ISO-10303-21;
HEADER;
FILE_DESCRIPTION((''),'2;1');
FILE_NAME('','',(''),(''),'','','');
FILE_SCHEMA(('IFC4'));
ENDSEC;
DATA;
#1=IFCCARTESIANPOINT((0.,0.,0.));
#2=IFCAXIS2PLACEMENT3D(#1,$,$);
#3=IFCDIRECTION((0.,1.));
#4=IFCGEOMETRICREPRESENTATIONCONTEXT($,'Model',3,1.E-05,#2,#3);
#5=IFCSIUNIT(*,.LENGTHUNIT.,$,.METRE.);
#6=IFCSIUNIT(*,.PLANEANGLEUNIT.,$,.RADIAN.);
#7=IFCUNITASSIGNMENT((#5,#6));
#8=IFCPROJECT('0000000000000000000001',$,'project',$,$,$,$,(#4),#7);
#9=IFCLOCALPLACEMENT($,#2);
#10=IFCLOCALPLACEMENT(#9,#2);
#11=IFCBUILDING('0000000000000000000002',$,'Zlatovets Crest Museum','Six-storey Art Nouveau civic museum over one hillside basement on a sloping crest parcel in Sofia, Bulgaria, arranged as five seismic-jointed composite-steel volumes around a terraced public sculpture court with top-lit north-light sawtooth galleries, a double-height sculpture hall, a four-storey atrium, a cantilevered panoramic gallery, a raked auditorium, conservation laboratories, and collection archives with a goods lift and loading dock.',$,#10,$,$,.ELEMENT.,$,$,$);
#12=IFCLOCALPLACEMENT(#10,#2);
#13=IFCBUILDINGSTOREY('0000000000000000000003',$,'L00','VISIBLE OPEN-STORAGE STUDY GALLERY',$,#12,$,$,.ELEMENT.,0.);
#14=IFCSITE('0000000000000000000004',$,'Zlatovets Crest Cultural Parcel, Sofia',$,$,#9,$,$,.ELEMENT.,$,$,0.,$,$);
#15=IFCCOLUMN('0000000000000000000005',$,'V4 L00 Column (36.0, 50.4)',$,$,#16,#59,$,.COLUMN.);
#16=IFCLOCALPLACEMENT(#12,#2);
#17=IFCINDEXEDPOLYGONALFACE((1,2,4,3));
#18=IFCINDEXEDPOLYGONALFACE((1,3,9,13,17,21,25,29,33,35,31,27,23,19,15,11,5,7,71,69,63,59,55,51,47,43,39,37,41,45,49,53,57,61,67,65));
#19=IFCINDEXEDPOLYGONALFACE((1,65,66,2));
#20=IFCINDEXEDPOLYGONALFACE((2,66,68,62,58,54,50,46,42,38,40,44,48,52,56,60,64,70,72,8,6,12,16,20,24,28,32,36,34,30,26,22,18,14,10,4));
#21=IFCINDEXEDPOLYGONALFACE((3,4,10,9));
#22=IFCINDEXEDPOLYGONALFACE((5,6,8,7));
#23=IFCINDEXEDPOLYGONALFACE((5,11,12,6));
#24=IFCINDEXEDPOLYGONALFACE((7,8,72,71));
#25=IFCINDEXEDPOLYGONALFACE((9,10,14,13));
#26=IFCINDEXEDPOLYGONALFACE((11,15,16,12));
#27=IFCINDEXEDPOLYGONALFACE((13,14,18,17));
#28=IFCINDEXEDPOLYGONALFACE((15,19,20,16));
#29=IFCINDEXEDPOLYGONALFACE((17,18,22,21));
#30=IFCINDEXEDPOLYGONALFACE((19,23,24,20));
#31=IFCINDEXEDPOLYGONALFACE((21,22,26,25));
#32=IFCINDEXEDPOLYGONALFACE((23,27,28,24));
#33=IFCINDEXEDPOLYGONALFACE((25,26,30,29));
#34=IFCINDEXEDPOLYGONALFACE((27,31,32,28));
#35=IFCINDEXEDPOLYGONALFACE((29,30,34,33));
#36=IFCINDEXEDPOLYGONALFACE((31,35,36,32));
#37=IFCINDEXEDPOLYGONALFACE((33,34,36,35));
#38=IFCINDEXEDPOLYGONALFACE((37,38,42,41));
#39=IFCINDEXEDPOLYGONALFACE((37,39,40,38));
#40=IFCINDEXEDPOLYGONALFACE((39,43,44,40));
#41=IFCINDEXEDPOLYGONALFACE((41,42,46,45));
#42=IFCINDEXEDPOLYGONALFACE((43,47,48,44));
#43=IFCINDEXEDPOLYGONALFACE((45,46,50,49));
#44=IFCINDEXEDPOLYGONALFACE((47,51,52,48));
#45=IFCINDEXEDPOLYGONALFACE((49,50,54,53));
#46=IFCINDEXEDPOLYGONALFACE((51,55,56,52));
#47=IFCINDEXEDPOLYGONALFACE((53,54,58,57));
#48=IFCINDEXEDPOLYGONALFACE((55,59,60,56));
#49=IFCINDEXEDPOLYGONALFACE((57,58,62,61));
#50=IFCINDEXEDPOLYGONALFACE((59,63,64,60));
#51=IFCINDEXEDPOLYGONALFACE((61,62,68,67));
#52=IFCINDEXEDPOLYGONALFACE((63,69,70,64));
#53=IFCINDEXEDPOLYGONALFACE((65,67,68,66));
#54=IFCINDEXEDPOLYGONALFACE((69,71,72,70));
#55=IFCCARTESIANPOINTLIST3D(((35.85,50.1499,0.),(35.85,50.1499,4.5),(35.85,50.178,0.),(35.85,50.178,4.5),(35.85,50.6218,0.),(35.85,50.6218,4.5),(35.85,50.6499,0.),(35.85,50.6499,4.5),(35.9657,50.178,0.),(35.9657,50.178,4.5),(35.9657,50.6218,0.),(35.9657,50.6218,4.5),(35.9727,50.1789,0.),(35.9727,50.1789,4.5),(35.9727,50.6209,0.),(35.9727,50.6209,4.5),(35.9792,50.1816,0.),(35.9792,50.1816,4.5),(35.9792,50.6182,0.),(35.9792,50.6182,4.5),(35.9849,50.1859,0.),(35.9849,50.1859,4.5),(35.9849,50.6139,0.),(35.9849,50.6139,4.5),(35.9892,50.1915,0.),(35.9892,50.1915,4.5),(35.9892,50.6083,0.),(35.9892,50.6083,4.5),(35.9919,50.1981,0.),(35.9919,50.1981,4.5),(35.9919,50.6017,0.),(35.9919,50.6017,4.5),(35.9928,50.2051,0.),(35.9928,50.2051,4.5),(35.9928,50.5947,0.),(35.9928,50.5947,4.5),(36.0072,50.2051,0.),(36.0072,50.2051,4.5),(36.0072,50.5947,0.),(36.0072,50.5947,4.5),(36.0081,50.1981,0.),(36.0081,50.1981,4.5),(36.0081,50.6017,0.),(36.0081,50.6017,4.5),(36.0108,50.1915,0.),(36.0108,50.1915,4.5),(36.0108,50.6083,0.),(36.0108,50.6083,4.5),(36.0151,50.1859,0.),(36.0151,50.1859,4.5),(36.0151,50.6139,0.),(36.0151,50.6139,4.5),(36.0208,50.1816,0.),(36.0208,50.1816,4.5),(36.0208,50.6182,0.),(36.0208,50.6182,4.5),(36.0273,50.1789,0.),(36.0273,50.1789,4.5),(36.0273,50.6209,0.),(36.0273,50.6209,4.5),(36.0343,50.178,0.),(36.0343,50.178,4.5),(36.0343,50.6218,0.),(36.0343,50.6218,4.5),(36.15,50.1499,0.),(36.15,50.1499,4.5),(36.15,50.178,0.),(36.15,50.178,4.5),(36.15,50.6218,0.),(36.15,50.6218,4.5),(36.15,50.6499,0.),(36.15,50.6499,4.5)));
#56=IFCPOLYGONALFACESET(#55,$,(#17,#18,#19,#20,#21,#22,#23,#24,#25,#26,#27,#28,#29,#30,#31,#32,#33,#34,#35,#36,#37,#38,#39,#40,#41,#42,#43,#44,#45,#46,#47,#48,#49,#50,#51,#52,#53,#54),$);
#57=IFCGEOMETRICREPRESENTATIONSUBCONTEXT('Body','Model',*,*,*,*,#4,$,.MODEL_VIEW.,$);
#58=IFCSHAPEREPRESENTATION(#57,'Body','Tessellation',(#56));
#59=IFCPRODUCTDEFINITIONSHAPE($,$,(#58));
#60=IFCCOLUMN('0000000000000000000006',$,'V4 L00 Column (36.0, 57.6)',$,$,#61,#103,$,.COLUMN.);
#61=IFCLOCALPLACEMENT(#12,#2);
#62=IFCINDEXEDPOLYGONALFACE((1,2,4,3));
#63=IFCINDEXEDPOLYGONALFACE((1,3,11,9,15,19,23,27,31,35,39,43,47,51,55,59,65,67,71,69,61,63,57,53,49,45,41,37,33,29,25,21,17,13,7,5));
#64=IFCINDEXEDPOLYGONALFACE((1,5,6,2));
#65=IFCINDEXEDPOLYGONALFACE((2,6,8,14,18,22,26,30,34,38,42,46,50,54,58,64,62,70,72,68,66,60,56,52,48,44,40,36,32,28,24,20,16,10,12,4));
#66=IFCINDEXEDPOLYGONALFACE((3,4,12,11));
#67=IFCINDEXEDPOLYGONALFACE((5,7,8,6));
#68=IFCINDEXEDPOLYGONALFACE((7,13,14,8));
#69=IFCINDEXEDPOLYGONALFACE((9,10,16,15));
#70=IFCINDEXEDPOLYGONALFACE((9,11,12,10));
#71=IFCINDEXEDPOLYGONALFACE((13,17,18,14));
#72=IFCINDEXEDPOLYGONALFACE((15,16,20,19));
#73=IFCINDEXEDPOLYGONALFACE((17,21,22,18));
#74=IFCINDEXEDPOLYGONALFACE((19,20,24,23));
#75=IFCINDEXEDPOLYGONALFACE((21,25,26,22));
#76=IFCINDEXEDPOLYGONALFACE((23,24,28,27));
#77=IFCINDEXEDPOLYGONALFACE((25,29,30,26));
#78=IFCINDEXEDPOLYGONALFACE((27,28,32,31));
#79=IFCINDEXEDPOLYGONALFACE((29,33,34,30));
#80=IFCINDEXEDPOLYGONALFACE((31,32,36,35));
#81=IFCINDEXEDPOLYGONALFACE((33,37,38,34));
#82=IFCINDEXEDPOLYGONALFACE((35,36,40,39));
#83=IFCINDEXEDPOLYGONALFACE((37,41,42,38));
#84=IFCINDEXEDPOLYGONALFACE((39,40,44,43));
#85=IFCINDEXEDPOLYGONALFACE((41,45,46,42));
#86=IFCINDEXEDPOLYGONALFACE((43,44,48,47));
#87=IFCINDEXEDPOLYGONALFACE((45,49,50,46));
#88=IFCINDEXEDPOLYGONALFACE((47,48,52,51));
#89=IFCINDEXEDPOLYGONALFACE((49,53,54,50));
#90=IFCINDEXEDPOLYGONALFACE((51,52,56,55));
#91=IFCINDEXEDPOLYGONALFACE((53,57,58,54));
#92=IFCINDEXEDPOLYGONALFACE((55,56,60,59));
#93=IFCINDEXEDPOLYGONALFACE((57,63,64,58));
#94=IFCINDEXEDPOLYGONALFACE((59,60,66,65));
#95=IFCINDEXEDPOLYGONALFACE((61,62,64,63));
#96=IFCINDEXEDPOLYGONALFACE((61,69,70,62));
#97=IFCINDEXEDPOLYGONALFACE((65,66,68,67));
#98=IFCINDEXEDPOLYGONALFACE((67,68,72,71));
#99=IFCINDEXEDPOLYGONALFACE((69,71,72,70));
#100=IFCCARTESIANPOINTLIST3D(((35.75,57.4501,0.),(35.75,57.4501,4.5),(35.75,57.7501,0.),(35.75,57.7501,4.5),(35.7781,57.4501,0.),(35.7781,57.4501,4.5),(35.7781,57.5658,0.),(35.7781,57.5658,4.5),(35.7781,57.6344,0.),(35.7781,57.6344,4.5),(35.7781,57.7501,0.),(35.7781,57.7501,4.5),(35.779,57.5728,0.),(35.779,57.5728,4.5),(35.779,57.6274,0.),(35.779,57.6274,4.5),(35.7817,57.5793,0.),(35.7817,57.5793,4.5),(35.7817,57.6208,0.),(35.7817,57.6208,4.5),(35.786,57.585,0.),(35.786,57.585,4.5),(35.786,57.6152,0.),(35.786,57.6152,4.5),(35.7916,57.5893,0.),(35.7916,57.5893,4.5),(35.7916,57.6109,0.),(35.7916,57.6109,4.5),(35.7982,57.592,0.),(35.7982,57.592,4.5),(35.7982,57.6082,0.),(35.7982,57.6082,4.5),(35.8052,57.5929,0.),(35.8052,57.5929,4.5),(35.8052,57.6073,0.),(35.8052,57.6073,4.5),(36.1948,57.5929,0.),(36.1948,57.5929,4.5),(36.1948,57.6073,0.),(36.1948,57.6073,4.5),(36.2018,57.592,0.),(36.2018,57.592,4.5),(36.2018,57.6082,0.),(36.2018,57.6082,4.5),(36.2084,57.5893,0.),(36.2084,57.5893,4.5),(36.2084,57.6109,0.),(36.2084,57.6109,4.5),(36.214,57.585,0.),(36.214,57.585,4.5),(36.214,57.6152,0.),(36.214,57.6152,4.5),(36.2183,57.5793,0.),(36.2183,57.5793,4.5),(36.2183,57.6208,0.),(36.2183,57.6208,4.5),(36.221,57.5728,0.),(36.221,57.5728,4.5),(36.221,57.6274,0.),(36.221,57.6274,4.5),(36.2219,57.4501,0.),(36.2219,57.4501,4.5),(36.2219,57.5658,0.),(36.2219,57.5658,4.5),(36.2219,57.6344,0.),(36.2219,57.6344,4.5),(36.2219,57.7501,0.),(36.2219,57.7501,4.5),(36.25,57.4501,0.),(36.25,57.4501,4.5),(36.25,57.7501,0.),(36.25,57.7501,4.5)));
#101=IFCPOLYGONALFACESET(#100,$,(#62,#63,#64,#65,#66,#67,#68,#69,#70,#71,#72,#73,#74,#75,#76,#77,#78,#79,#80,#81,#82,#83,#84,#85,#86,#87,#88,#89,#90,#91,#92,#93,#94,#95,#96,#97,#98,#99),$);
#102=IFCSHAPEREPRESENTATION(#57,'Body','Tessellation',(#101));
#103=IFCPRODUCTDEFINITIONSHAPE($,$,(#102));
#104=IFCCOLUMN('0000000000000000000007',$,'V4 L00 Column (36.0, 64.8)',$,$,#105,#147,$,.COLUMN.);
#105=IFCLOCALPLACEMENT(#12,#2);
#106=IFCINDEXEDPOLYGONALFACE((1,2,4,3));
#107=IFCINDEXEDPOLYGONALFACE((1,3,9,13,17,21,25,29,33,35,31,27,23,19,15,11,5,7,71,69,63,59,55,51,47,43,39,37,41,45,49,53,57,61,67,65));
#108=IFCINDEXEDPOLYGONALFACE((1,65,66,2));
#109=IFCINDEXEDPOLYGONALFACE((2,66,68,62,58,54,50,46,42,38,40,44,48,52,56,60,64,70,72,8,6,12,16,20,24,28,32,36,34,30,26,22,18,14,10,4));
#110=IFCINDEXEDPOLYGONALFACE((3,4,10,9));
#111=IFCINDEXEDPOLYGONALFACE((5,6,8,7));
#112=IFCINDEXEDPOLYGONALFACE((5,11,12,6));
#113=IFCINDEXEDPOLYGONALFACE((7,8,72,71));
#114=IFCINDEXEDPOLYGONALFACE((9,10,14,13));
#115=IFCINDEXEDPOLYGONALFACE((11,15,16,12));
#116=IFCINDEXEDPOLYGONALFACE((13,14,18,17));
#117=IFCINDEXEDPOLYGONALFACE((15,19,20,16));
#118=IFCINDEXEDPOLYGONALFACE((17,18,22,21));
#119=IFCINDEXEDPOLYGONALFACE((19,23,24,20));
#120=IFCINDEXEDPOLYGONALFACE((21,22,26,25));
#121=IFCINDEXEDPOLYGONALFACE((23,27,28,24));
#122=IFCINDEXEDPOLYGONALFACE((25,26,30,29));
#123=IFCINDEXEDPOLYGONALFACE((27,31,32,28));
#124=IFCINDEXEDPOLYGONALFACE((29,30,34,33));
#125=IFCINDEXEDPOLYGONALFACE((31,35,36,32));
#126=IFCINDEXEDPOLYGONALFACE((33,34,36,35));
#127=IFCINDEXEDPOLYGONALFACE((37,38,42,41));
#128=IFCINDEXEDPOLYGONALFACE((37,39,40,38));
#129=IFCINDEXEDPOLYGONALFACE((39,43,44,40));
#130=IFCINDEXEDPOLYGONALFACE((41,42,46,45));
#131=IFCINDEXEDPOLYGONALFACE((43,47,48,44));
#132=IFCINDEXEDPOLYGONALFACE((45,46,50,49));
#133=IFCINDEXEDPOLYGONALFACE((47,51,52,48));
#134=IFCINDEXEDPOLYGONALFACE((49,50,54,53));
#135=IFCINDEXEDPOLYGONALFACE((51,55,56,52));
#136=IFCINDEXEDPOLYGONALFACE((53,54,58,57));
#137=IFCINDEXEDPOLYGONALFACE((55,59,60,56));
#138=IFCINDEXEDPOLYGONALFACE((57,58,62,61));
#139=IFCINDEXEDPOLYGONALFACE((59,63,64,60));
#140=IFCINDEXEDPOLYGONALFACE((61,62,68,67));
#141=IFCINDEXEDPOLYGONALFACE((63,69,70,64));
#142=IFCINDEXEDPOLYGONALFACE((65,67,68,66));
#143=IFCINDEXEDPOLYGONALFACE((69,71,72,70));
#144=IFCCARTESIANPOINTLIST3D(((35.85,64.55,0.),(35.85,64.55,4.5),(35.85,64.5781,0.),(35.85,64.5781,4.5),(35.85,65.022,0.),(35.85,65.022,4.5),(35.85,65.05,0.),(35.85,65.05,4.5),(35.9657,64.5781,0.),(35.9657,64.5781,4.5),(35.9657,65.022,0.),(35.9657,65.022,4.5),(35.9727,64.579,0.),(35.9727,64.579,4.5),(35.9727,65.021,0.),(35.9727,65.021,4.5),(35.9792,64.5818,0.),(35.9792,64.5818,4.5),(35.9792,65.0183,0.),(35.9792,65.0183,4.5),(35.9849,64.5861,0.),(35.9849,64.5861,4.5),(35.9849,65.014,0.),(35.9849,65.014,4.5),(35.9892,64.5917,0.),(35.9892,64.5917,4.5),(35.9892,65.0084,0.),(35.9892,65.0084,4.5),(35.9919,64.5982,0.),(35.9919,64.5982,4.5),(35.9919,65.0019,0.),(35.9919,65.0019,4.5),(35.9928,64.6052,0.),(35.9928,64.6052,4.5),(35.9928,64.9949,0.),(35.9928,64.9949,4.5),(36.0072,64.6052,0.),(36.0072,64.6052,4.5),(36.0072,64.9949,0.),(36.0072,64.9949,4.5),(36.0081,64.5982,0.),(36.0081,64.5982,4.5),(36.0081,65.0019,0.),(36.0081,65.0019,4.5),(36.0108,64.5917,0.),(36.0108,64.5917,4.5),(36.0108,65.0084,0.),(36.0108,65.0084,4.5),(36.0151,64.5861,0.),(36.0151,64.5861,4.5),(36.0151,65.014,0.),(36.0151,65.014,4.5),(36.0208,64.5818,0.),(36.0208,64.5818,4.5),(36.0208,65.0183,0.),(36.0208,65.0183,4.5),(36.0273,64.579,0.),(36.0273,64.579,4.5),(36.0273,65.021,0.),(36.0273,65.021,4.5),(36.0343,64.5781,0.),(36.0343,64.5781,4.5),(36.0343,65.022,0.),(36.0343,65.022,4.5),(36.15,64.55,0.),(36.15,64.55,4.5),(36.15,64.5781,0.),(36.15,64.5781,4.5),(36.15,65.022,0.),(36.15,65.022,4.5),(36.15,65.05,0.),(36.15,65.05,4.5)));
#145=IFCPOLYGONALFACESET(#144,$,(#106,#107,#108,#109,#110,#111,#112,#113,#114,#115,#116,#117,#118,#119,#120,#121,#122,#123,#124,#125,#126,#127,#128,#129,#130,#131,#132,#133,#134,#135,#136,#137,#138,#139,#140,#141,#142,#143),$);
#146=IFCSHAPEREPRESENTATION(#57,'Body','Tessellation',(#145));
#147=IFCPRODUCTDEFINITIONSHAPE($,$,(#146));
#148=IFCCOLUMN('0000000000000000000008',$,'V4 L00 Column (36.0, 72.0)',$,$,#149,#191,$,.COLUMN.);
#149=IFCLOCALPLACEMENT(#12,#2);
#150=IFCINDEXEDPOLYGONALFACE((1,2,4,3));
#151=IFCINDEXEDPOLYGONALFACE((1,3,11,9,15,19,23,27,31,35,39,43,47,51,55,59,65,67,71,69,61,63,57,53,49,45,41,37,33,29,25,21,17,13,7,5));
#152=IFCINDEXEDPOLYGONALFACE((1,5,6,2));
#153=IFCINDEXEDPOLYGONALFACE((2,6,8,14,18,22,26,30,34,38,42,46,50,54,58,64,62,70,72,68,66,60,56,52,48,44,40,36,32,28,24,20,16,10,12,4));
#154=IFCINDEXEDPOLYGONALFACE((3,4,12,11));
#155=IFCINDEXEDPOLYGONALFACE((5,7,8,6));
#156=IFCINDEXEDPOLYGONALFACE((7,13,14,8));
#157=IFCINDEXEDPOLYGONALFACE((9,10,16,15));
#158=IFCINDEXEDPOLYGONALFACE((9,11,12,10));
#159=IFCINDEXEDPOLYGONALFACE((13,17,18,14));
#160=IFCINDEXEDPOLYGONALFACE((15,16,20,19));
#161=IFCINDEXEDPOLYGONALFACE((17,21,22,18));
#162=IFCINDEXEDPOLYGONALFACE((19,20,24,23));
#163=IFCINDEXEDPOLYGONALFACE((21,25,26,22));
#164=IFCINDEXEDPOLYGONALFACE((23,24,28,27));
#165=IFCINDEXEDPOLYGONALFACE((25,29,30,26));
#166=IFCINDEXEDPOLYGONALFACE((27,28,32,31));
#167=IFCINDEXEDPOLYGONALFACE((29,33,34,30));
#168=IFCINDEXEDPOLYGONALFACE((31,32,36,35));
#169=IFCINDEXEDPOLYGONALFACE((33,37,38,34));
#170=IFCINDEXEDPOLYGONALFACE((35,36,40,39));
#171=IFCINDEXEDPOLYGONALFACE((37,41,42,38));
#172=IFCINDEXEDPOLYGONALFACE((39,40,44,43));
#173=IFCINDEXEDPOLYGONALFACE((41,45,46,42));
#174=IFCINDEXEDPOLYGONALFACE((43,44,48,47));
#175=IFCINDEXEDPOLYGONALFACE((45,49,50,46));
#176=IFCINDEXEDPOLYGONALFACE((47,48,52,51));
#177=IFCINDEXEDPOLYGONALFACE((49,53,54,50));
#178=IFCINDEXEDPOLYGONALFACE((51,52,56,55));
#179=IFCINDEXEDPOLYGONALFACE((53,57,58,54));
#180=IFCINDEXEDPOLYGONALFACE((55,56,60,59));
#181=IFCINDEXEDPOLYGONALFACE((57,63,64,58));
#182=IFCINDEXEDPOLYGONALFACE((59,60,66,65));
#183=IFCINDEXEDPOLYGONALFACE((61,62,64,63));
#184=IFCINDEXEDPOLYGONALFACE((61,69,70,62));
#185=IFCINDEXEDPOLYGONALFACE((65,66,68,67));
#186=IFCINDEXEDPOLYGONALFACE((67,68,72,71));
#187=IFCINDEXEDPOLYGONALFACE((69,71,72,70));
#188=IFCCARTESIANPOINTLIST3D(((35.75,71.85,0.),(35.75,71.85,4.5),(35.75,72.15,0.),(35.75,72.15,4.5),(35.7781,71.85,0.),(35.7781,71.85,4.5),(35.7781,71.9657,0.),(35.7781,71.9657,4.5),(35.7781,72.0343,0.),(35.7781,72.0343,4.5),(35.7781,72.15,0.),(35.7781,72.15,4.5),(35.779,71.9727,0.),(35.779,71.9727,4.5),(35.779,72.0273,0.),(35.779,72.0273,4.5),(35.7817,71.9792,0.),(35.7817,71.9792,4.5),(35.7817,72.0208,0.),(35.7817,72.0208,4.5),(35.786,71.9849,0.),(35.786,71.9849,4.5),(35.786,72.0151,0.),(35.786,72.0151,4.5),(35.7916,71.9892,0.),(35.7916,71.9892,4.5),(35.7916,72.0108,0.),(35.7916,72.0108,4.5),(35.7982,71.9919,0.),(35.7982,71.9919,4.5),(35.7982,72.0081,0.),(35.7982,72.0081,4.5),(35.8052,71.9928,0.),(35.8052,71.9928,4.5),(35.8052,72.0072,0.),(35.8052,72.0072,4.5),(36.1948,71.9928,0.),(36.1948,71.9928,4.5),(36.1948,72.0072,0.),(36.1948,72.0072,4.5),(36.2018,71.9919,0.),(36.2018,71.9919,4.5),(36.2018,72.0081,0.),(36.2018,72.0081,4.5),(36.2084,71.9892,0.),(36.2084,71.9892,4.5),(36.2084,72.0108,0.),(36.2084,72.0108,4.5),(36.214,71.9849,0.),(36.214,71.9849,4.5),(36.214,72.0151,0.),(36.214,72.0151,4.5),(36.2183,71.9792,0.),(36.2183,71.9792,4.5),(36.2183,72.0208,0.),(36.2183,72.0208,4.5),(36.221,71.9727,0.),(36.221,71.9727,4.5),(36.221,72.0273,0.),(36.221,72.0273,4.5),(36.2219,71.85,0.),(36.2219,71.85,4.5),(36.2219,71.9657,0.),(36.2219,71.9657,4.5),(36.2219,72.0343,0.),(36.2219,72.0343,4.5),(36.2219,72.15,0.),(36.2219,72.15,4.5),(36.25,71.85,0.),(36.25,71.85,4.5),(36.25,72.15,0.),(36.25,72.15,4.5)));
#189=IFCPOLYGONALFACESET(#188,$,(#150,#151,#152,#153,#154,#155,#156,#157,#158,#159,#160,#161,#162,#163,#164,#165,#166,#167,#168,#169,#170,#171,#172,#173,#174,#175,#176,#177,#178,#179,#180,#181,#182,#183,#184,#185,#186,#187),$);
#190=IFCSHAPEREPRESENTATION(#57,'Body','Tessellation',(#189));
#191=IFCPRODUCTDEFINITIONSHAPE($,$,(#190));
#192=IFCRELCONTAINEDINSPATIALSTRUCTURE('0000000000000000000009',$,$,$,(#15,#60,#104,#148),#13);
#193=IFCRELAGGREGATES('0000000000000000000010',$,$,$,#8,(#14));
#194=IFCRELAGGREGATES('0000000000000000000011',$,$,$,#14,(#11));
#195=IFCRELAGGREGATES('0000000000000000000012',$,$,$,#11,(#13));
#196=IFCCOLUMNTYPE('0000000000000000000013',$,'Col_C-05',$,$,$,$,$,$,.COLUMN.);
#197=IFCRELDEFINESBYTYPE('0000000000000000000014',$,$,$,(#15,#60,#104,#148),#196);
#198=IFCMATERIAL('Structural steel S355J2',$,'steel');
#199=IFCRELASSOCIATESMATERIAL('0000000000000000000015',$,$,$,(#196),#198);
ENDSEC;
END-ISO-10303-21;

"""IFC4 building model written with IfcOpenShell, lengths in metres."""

from ifc_helpers import new_model, si_unit, direction, frame, origin, origin_2d, place, context, subcontext, project, spatial, i_section, extrude, material, material_profile, profile_set, type_object, element, save


model = new_model("IFC4")

# Units and contexts
model_context = context("Model", 3, precision=1e-05, world=origin(), true_north=direction((0.0, 1.0)))
body_context = subcontext(model_context, "Body", "Model", "MODEL_VIEW")
ifc_project = project(units=[si_unit("LENGTHUNIT", "METRE"), si_unit("PLANEANGLEUNIT", "RADIAN")], contexts=[model_context])

# Site, building, storey
site_placement = place(None, origin())
site = spatial("IfcSite", under=ifc_project, at=site_placement, Name="Zlatovets Crest Cultural Parcel, Sofia", CompositionType="ELEMENT", RefElevation=0.0)
building_placement = place(site_placement, origin())
building = spatial("IfcBuilding", under=site, at=building_placement, Name="Zlatovets Crest Museum", Description="Six-storey Art Nouveau civic museum over one hillside basement on a sloping crest parcel in Sofia, Bulgaria, arranged as five seismic-jointed composite-steel volumes around a terraced public sculpture court with top-lit north-light sawtooth galleries, a double-height sculpture hall, a four-storey atrium, a cantilevered panoramic gallery, a raked auditorium, conservation laboratories, and collection archives with a goods lift and loading dock.", CompositionType="ELEMENT")
storey_placement = place(building_placement, origin())
storey = spatial("IfcBuildingStorey", under=building, at=storey_placement, Name="L00", Description="VISIBLE OPEN-STORAGE STUDY GALLERY", CompositionType="ELEMENT", Elevation=0.0)

# Columns
ifc_material_1 = material(Name="Structural steel S355J2", Category="steel")
ifc_material_profile_1 = material_profile(ifc_material_1, i_section(OverallWidth=0.3, OverallDepth=0.5, WebThickness=0.0144, FlangeThickness=0.0281, FilletRadius=0.0271, at=origin_2d()), Name="HEB 500")
ifc_profile_set_1 = profile_set([ifc_material_profile_1], Name="Structural steel S355J2")
column_type = type_object("IfcColumnType", Name="Col_C-05", PredefinedType="COLUMN", material=ifc_profile_set_1)
for number, where, z_axis, x_axis, name in (
    (1, (36.0, 50.3999, 0.0), (0.0, 0.0, 1.0), (1.0, 0.0, 0.0), "V4 L00 Column (36.0, 50.4)"),
    (2, (36.0, 57.6001, 0.0), (0.0, 0.0, 1.0), (0.0, 1.0, 0.0), "V4 L00 Column (36.0, 57.6)"),
    (3, (36.0, 64.8, 0.0), (0.0, 0.0, 1.0), (1.0, 0.0, 0.0), "V4 L00 Column (36.0, 64.8)"),
    (4, (36.0, 72.0, 0.0), (0.0, 0.0, 1.0), (0.0, 1.0, 0.0), "V4 L00 Column (36.0, 72.0)"),
):
    element("IfcColumn", number, at=place(storey_placement, frame(where, z_axis=z_axis, x_axis=x_axis)), inside=storey, type_object=column_type, Name=name, PredefinedType="COLUMN", context=body_context, shape_type="SweptSolid", body=[
        extrude(i_section(OverallWidth=0.3, OverallDepth=0.5, WebThickness=0.0144, FlangeThickness=0.0281, FilletRadius=0.0271, at=origin_2d()), origin(), (0.0, 0.0, 1.0), 4.5),
    ])

save(model, "model.ifc")
